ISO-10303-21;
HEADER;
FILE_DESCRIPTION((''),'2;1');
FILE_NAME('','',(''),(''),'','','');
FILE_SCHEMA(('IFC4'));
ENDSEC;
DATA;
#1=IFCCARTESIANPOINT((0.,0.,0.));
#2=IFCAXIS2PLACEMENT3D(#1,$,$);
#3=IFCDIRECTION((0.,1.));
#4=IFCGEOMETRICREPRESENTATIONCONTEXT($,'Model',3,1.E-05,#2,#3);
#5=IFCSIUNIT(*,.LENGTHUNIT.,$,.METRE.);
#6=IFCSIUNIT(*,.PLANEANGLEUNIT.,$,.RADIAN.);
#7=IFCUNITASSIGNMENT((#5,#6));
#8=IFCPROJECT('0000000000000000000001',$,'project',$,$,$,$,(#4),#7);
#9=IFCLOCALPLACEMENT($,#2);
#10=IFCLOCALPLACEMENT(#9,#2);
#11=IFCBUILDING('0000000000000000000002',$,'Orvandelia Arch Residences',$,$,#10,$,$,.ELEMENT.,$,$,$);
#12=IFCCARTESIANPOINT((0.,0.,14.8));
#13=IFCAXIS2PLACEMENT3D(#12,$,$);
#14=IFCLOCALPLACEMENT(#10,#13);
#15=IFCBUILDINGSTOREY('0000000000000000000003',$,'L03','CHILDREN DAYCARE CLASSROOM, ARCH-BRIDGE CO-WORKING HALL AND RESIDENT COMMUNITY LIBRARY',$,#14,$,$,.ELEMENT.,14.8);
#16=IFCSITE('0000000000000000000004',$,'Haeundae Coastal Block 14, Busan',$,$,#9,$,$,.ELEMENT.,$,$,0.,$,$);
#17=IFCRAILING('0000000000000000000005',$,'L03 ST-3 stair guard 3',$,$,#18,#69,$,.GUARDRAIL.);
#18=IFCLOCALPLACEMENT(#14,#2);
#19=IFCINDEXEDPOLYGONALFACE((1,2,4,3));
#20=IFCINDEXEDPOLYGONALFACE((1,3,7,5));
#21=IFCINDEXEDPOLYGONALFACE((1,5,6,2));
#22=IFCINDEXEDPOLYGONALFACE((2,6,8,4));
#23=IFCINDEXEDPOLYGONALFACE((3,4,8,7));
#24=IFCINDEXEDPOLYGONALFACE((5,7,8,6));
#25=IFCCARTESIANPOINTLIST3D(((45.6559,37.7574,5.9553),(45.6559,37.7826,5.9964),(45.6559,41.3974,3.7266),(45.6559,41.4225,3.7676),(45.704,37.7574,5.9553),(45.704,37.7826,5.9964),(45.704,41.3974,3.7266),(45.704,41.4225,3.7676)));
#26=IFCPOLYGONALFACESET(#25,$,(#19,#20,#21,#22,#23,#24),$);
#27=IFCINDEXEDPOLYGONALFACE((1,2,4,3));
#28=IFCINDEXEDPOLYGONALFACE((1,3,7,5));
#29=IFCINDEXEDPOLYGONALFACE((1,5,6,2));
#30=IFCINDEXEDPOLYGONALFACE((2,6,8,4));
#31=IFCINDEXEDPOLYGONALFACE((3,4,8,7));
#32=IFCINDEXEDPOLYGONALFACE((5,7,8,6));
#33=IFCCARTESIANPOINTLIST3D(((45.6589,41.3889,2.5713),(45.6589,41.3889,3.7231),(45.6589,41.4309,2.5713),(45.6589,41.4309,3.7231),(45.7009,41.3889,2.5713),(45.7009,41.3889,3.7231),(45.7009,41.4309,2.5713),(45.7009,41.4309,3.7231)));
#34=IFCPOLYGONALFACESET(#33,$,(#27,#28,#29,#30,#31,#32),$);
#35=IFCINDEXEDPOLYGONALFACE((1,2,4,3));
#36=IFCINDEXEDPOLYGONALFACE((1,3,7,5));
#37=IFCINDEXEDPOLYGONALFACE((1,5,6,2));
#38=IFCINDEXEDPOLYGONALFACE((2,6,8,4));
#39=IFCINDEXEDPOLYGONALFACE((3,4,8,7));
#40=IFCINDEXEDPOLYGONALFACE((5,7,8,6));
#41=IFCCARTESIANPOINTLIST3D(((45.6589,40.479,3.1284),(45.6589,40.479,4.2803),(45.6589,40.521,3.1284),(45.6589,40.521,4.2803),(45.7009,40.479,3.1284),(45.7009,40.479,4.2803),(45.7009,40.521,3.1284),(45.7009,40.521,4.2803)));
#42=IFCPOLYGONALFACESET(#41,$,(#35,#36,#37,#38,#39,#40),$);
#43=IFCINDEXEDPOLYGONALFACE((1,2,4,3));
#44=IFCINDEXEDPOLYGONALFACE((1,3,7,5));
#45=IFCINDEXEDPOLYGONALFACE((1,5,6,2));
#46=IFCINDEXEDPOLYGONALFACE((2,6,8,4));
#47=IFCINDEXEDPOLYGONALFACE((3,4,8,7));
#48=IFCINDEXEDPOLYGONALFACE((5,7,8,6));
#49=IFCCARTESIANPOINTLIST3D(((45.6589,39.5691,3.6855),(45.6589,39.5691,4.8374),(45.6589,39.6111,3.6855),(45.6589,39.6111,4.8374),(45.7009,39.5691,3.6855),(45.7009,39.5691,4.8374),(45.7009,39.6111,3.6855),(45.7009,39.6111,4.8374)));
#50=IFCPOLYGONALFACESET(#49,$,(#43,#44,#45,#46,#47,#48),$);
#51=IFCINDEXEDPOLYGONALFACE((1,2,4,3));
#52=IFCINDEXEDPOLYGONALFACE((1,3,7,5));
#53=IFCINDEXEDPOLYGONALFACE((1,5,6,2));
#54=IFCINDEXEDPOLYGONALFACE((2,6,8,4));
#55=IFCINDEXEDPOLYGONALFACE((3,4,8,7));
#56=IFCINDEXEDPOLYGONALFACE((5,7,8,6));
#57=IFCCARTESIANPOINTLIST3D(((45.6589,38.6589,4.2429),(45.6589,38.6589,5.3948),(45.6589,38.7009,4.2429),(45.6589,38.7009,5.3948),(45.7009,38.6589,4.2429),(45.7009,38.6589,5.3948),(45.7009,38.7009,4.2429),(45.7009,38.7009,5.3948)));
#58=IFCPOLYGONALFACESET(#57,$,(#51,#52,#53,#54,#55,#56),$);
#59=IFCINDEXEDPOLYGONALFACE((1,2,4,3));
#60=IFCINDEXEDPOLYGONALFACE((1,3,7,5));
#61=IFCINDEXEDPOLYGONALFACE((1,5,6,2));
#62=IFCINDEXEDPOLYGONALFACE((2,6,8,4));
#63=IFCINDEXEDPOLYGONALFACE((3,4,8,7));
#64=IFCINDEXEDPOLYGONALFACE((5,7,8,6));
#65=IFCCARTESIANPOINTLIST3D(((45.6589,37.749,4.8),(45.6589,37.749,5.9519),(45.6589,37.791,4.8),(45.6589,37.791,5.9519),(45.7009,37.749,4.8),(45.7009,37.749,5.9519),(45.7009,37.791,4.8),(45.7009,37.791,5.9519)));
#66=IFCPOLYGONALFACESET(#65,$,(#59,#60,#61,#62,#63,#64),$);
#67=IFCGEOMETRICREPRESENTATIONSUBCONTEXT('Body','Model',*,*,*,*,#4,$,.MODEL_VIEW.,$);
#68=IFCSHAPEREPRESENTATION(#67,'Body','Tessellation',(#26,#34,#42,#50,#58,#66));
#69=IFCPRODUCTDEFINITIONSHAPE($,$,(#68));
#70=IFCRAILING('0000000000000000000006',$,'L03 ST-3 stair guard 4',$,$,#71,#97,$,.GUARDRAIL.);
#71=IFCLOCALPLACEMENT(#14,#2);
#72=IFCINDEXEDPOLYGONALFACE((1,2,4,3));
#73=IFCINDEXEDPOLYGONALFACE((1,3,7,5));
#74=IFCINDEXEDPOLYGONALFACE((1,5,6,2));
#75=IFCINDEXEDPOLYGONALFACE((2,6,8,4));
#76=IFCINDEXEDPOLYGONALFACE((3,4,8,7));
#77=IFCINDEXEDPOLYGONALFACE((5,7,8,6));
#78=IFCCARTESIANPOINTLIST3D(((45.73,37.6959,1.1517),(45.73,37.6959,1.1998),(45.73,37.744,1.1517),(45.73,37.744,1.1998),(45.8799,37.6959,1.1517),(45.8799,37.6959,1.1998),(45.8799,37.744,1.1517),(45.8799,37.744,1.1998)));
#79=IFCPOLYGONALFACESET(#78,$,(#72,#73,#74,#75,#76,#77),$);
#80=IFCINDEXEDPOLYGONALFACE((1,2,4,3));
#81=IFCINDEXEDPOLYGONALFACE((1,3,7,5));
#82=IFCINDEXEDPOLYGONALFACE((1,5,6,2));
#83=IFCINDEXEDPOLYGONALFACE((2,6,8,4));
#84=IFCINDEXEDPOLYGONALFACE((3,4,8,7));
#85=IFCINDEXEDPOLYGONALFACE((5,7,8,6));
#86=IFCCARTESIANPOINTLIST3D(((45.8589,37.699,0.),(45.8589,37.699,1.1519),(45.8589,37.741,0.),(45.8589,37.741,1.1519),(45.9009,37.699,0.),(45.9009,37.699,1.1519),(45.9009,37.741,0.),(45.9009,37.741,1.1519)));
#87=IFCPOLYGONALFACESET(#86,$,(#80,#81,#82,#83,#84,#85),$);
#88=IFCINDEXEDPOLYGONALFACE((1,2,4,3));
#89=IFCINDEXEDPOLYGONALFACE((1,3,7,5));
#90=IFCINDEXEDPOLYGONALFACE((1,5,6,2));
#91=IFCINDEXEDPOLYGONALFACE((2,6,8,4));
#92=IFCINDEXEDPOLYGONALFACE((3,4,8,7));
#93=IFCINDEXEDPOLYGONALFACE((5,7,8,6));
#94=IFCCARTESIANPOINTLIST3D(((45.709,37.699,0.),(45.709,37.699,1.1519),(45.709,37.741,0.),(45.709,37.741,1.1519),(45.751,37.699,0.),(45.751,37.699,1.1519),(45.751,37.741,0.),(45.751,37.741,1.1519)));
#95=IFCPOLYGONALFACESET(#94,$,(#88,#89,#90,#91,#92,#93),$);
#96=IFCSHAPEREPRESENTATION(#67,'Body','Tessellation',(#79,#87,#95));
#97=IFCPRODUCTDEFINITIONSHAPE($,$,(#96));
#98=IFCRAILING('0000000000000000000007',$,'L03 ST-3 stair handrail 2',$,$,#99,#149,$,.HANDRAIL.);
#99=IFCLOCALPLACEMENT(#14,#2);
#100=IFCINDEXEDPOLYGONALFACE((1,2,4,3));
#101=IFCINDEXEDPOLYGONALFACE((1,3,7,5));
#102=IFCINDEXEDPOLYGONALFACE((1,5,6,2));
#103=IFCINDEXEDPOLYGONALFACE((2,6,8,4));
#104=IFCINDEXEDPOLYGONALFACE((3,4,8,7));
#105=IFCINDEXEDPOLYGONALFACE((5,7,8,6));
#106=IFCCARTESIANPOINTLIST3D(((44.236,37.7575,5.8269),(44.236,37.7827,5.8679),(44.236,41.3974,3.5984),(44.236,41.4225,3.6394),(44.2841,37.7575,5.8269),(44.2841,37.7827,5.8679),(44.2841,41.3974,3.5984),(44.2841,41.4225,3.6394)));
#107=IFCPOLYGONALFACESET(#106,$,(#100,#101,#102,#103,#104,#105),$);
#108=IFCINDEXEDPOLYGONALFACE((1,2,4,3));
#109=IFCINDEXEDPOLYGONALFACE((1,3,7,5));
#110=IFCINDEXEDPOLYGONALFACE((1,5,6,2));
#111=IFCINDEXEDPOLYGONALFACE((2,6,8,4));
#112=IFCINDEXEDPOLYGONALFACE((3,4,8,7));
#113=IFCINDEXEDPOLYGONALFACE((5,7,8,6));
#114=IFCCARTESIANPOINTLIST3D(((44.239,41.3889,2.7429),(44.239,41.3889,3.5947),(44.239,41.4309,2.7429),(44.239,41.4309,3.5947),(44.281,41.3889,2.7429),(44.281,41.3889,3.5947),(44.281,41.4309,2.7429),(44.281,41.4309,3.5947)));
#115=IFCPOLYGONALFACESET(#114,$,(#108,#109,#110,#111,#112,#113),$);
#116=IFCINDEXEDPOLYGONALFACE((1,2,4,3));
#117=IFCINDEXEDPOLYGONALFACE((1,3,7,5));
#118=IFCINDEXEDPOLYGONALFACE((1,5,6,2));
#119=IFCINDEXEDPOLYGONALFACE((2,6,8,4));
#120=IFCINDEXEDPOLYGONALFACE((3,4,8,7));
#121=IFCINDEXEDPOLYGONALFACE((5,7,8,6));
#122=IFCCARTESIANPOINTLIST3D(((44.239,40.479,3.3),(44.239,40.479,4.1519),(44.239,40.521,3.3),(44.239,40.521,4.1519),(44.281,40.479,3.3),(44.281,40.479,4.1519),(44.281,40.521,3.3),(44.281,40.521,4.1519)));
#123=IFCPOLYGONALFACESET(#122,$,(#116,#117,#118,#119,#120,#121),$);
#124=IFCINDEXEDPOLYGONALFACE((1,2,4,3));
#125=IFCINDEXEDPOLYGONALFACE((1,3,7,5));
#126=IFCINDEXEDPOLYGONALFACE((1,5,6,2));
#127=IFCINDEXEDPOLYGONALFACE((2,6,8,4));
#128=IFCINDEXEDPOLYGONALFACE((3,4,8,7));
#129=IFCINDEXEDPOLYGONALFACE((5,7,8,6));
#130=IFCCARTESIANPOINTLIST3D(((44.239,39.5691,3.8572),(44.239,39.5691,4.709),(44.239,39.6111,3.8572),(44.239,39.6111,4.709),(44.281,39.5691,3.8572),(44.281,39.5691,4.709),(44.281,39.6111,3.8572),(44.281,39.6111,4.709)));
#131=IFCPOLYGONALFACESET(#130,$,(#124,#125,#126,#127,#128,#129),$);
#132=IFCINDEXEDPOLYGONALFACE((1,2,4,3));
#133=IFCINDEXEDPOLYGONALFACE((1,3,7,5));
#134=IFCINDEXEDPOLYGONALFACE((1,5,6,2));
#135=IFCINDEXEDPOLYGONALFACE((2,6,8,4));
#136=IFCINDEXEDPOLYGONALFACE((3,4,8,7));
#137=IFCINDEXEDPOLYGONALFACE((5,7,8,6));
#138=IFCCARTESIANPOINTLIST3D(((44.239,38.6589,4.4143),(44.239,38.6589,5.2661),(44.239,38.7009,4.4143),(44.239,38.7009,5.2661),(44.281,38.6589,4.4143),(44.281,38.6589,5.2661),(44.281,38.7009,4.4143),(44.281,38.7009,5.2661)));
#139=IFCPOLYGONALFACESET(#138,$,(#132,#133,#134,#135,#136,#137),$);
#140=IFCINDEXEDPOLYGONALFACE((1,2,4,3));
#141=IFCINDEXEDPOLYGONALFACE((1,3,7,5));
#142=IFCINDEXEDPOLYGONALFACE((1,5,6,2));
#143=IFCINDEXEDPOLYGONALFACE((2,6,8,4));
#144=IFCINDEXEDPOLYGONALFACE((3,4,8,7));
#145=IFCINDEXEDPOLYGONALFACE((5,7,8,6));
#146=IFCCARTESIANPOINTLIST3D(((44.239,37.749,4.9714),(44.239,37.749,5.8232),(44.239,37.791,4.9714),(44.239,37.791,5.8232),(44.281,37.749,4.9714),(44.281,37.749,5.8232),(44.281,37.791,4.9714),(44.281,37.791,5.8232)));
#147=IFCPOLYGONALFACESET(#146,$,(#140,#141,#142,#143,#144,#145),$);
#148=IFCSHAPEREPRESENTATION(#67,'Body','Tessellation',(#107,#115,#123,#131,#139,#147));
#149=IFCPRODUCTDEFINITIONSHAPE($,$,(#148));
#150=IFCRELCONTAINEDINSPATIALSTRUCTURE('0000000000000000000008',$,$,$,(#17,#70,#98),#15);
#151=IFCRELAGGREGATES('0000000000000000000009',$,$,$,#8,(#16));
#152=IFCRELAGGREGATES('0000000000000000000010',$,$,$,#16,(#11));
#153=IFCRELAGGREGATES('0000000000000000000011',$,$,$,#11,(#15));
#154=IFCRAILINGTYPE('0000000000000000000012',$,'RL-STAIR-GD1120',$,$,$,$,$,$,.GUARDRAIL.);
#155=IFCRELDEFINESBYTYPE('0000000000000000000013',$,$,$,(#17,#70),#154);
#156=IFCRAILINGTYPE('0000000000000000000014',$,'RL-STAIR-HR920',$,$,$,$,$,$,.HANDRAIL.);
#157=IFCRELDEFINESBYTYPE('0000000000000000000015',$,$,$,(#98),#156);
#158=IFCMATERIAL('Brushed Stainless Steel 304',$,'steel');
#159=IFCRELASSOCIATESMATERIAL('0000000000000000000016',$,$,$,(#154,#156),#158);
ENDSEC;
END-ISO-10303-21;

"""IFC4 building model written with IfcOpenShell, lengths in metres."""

from ifc_helpers import new_model, si_unit, direction, frame, origin, origin_2d, place, context, subcontext, project, spatial, rectangle, extrude, material, type_object, element, save


model = new_model("IFC4")

# Units and contexts
model_context = context("Model", 3, precision=1e-05, world=origin(), true_north=direction((0.0, 1.0)))
body_context = subcontext(model_context, "Body", "Model", "MODEL_VIEW")
ifc_project = project(units=[si_unit("LENGTHUNIT", "METRE"), si_unit("PLANEANGLEUNIT", "RADIAN")], contexts=[model_context])

# Site, building, storey
site_placement = place(None, origin())
site = spatial("IfcSite", under=ifc_project, at=site_placement, Name="Haeundae Coastal Block 14, Busan", CompositionType="ELEMENT", RefElevation=0.0)
building_placement = place(site_placement, origin())
building = spatial("IfcBuilding", under=site, at=building_placement, Name="Orvandelia Arch Residences", CompositionType="ELEMENT")
storey_placement = place(building_placement, frame((0.0, 0.0, 14.8)))
storey = spatial("IfcBuildingStorey", under=building, at=storey_placement, Name="L03", Description="CHILDREN DAYCARE CLASSROOM, ARCH-BRIDGE CO-WORKING HALL AND RESIDENT COMMUNITY LIBRARY", CompositionType="ELEMENT", Elevation=14.8)

# Railings
ifc_material_1 = material(Name="Brushed Stainless Steel 304", Category="steel")
railing_type_1 = type_object("IfcRailingType", Name="RL-STAIR-GD1120", PredefinedType="GUARDRAIL", material=ifc_material_1)
railing_1_placement = place(storey_placement, frame((45.6799, 41.4099, 2.5713)))
element("IfcRailing", 1, at=railing_1_placement, inside=storey, type_object=railing_type_1, Name="L03 ST-3 stair guard 3", PredefinedType="GUARDRAIL", context=body_context, shape_type="SweptSolid", body=[
    extrude(rectangle(XDim=0.0481, YDim=0.0481, at=origin_2d()), frame((0.0, 0.0, 1.1758), z_axis=(0.0, -0.852825, 0.522197), x_axis=(1.0, 0.0, 0.0)), (0.0, 0.0, 1.0), 4.2681),
    extrude(rectangle(XDim=0.042, YDim=0.042, at=origin_2d()), origin(), (0.0, 0.0, 1.0), 1.1519),
    extrude(rectangle(XDim=0.042, YDim=0.042, at=origin_2d()), frame((0.0, -0.9099, 0.5571)), (0.0, 0.0, 1.0), 1.1519),
    extrude(rectangle(XDim=0.042, YDim=0.042, at=origin_2d()), frame((0.0, -1.8198, 1.1143)), (0.0, 0.0, 1.0), 1.1519),
    extrude(rectangle(XDim=0.042, YDim=0.042, at=origin_2d()), frame((0.0, -2.73, 1.6716)), (0.0, 0.0, 1.0), 1.1519),
    extrude(rectangle(XDim=0.042, YDim=0.042, at=origin_2d()), frame((0.0, -3.6399, 2.2288)), (0.0, 0.0, 1.0), 1.1519),
])
railing_2_placement = place(storey_placement, frame((45.8799, 37.72, 0.0)))
element("IfcRailing", 2, at=railing_2_placement, inside=storey, type_object=railing_type_1, Name="L03 ST-3 stair guard 4", PredefinedType="GUARDRAIL", context=body_context, shape_type="SweptSolid", body=[
    extrude(rectangle(XDim=0.0481, YDim=0.0481, at=origin_2d()), frame((0.0, 0.0, 1.1758), z_axis=(-1.0, 0.0, 0.0), x_axis=(0.0, -1.0, 0.0)), (0.0, 0.0, 1.0), 0.1499),
    extrude(rectangle(XDim=0.042, YDim=0.042, at=origin_2d()), origin(), (0.0, 0.0, 1.0), 1.1519),
    extrude(rectangle(XDim=0.042, YDim=0.042, at=origin_2d()), frame((-0.1499, 0.0, 0.0)), (0.0, 0.0, 1.0), 1.1519),
])
railing_type_2 = type_object("IfcRailingType", Name="RL-STAIR-HR920", PredefinedType="HANDRAIL", material=ifc_material_1)
railing_3_placement = place(storey_placement, frame((44.26, 41.4099, 2.7429)))
element("IfcRailing", 3, at=railing_3_placement, inside=storey, type_object=railing_type_2, Name="L03 ST-3 stair handrail 2", PredefinedType="HANDRAIL", context=body_context, shape_type="SweptSolid", body=[
    extrude(rectangle(XDim=0.0481, YDim=0.0481, at=origin_2d()), frame((0.0, 0.0, 0.876), z_axis=(0.0, -0.85285, 0.522156), x_axis=(1.0, 0.0, 0.0)), (0.0, 0.0, 1.0), 4.2678),
    extrude(rectangle(XDim=0.042, YDim=0.042, at=origin_2d()), origin(), (0.0, 0.0, 1.0), 0.8518),
    extrude(rectangle(XDim=0.042, YDim=0.042, at=origin_2d()), frame((0.0, -0.9099, 0.5571)), (0.0, 0.0, 1.0), 0.8518),
    extrude(rectangle(XDim=0.042, YDim=0.042, at=origin_2d()), frame((0.0, -1.8198, 1.1143)), (0.0, 0.0, 1.0), 0.8518),
    extrude(rectangle(XDim=0.042, YDim=0.042, at=origin_2d()), frame((0.0, -2.73, 1.6714)), (0.0, 0.0, 1.0), 0.8518),
    extrude(rectangle(XDim=0.042, YDim=0.042, at=origin_2d()), frame((0.0, -3.6399, 2.2285)), (0.0, 0.0, 1.0), 0.8518),
])

save(model, "model.ifc")
